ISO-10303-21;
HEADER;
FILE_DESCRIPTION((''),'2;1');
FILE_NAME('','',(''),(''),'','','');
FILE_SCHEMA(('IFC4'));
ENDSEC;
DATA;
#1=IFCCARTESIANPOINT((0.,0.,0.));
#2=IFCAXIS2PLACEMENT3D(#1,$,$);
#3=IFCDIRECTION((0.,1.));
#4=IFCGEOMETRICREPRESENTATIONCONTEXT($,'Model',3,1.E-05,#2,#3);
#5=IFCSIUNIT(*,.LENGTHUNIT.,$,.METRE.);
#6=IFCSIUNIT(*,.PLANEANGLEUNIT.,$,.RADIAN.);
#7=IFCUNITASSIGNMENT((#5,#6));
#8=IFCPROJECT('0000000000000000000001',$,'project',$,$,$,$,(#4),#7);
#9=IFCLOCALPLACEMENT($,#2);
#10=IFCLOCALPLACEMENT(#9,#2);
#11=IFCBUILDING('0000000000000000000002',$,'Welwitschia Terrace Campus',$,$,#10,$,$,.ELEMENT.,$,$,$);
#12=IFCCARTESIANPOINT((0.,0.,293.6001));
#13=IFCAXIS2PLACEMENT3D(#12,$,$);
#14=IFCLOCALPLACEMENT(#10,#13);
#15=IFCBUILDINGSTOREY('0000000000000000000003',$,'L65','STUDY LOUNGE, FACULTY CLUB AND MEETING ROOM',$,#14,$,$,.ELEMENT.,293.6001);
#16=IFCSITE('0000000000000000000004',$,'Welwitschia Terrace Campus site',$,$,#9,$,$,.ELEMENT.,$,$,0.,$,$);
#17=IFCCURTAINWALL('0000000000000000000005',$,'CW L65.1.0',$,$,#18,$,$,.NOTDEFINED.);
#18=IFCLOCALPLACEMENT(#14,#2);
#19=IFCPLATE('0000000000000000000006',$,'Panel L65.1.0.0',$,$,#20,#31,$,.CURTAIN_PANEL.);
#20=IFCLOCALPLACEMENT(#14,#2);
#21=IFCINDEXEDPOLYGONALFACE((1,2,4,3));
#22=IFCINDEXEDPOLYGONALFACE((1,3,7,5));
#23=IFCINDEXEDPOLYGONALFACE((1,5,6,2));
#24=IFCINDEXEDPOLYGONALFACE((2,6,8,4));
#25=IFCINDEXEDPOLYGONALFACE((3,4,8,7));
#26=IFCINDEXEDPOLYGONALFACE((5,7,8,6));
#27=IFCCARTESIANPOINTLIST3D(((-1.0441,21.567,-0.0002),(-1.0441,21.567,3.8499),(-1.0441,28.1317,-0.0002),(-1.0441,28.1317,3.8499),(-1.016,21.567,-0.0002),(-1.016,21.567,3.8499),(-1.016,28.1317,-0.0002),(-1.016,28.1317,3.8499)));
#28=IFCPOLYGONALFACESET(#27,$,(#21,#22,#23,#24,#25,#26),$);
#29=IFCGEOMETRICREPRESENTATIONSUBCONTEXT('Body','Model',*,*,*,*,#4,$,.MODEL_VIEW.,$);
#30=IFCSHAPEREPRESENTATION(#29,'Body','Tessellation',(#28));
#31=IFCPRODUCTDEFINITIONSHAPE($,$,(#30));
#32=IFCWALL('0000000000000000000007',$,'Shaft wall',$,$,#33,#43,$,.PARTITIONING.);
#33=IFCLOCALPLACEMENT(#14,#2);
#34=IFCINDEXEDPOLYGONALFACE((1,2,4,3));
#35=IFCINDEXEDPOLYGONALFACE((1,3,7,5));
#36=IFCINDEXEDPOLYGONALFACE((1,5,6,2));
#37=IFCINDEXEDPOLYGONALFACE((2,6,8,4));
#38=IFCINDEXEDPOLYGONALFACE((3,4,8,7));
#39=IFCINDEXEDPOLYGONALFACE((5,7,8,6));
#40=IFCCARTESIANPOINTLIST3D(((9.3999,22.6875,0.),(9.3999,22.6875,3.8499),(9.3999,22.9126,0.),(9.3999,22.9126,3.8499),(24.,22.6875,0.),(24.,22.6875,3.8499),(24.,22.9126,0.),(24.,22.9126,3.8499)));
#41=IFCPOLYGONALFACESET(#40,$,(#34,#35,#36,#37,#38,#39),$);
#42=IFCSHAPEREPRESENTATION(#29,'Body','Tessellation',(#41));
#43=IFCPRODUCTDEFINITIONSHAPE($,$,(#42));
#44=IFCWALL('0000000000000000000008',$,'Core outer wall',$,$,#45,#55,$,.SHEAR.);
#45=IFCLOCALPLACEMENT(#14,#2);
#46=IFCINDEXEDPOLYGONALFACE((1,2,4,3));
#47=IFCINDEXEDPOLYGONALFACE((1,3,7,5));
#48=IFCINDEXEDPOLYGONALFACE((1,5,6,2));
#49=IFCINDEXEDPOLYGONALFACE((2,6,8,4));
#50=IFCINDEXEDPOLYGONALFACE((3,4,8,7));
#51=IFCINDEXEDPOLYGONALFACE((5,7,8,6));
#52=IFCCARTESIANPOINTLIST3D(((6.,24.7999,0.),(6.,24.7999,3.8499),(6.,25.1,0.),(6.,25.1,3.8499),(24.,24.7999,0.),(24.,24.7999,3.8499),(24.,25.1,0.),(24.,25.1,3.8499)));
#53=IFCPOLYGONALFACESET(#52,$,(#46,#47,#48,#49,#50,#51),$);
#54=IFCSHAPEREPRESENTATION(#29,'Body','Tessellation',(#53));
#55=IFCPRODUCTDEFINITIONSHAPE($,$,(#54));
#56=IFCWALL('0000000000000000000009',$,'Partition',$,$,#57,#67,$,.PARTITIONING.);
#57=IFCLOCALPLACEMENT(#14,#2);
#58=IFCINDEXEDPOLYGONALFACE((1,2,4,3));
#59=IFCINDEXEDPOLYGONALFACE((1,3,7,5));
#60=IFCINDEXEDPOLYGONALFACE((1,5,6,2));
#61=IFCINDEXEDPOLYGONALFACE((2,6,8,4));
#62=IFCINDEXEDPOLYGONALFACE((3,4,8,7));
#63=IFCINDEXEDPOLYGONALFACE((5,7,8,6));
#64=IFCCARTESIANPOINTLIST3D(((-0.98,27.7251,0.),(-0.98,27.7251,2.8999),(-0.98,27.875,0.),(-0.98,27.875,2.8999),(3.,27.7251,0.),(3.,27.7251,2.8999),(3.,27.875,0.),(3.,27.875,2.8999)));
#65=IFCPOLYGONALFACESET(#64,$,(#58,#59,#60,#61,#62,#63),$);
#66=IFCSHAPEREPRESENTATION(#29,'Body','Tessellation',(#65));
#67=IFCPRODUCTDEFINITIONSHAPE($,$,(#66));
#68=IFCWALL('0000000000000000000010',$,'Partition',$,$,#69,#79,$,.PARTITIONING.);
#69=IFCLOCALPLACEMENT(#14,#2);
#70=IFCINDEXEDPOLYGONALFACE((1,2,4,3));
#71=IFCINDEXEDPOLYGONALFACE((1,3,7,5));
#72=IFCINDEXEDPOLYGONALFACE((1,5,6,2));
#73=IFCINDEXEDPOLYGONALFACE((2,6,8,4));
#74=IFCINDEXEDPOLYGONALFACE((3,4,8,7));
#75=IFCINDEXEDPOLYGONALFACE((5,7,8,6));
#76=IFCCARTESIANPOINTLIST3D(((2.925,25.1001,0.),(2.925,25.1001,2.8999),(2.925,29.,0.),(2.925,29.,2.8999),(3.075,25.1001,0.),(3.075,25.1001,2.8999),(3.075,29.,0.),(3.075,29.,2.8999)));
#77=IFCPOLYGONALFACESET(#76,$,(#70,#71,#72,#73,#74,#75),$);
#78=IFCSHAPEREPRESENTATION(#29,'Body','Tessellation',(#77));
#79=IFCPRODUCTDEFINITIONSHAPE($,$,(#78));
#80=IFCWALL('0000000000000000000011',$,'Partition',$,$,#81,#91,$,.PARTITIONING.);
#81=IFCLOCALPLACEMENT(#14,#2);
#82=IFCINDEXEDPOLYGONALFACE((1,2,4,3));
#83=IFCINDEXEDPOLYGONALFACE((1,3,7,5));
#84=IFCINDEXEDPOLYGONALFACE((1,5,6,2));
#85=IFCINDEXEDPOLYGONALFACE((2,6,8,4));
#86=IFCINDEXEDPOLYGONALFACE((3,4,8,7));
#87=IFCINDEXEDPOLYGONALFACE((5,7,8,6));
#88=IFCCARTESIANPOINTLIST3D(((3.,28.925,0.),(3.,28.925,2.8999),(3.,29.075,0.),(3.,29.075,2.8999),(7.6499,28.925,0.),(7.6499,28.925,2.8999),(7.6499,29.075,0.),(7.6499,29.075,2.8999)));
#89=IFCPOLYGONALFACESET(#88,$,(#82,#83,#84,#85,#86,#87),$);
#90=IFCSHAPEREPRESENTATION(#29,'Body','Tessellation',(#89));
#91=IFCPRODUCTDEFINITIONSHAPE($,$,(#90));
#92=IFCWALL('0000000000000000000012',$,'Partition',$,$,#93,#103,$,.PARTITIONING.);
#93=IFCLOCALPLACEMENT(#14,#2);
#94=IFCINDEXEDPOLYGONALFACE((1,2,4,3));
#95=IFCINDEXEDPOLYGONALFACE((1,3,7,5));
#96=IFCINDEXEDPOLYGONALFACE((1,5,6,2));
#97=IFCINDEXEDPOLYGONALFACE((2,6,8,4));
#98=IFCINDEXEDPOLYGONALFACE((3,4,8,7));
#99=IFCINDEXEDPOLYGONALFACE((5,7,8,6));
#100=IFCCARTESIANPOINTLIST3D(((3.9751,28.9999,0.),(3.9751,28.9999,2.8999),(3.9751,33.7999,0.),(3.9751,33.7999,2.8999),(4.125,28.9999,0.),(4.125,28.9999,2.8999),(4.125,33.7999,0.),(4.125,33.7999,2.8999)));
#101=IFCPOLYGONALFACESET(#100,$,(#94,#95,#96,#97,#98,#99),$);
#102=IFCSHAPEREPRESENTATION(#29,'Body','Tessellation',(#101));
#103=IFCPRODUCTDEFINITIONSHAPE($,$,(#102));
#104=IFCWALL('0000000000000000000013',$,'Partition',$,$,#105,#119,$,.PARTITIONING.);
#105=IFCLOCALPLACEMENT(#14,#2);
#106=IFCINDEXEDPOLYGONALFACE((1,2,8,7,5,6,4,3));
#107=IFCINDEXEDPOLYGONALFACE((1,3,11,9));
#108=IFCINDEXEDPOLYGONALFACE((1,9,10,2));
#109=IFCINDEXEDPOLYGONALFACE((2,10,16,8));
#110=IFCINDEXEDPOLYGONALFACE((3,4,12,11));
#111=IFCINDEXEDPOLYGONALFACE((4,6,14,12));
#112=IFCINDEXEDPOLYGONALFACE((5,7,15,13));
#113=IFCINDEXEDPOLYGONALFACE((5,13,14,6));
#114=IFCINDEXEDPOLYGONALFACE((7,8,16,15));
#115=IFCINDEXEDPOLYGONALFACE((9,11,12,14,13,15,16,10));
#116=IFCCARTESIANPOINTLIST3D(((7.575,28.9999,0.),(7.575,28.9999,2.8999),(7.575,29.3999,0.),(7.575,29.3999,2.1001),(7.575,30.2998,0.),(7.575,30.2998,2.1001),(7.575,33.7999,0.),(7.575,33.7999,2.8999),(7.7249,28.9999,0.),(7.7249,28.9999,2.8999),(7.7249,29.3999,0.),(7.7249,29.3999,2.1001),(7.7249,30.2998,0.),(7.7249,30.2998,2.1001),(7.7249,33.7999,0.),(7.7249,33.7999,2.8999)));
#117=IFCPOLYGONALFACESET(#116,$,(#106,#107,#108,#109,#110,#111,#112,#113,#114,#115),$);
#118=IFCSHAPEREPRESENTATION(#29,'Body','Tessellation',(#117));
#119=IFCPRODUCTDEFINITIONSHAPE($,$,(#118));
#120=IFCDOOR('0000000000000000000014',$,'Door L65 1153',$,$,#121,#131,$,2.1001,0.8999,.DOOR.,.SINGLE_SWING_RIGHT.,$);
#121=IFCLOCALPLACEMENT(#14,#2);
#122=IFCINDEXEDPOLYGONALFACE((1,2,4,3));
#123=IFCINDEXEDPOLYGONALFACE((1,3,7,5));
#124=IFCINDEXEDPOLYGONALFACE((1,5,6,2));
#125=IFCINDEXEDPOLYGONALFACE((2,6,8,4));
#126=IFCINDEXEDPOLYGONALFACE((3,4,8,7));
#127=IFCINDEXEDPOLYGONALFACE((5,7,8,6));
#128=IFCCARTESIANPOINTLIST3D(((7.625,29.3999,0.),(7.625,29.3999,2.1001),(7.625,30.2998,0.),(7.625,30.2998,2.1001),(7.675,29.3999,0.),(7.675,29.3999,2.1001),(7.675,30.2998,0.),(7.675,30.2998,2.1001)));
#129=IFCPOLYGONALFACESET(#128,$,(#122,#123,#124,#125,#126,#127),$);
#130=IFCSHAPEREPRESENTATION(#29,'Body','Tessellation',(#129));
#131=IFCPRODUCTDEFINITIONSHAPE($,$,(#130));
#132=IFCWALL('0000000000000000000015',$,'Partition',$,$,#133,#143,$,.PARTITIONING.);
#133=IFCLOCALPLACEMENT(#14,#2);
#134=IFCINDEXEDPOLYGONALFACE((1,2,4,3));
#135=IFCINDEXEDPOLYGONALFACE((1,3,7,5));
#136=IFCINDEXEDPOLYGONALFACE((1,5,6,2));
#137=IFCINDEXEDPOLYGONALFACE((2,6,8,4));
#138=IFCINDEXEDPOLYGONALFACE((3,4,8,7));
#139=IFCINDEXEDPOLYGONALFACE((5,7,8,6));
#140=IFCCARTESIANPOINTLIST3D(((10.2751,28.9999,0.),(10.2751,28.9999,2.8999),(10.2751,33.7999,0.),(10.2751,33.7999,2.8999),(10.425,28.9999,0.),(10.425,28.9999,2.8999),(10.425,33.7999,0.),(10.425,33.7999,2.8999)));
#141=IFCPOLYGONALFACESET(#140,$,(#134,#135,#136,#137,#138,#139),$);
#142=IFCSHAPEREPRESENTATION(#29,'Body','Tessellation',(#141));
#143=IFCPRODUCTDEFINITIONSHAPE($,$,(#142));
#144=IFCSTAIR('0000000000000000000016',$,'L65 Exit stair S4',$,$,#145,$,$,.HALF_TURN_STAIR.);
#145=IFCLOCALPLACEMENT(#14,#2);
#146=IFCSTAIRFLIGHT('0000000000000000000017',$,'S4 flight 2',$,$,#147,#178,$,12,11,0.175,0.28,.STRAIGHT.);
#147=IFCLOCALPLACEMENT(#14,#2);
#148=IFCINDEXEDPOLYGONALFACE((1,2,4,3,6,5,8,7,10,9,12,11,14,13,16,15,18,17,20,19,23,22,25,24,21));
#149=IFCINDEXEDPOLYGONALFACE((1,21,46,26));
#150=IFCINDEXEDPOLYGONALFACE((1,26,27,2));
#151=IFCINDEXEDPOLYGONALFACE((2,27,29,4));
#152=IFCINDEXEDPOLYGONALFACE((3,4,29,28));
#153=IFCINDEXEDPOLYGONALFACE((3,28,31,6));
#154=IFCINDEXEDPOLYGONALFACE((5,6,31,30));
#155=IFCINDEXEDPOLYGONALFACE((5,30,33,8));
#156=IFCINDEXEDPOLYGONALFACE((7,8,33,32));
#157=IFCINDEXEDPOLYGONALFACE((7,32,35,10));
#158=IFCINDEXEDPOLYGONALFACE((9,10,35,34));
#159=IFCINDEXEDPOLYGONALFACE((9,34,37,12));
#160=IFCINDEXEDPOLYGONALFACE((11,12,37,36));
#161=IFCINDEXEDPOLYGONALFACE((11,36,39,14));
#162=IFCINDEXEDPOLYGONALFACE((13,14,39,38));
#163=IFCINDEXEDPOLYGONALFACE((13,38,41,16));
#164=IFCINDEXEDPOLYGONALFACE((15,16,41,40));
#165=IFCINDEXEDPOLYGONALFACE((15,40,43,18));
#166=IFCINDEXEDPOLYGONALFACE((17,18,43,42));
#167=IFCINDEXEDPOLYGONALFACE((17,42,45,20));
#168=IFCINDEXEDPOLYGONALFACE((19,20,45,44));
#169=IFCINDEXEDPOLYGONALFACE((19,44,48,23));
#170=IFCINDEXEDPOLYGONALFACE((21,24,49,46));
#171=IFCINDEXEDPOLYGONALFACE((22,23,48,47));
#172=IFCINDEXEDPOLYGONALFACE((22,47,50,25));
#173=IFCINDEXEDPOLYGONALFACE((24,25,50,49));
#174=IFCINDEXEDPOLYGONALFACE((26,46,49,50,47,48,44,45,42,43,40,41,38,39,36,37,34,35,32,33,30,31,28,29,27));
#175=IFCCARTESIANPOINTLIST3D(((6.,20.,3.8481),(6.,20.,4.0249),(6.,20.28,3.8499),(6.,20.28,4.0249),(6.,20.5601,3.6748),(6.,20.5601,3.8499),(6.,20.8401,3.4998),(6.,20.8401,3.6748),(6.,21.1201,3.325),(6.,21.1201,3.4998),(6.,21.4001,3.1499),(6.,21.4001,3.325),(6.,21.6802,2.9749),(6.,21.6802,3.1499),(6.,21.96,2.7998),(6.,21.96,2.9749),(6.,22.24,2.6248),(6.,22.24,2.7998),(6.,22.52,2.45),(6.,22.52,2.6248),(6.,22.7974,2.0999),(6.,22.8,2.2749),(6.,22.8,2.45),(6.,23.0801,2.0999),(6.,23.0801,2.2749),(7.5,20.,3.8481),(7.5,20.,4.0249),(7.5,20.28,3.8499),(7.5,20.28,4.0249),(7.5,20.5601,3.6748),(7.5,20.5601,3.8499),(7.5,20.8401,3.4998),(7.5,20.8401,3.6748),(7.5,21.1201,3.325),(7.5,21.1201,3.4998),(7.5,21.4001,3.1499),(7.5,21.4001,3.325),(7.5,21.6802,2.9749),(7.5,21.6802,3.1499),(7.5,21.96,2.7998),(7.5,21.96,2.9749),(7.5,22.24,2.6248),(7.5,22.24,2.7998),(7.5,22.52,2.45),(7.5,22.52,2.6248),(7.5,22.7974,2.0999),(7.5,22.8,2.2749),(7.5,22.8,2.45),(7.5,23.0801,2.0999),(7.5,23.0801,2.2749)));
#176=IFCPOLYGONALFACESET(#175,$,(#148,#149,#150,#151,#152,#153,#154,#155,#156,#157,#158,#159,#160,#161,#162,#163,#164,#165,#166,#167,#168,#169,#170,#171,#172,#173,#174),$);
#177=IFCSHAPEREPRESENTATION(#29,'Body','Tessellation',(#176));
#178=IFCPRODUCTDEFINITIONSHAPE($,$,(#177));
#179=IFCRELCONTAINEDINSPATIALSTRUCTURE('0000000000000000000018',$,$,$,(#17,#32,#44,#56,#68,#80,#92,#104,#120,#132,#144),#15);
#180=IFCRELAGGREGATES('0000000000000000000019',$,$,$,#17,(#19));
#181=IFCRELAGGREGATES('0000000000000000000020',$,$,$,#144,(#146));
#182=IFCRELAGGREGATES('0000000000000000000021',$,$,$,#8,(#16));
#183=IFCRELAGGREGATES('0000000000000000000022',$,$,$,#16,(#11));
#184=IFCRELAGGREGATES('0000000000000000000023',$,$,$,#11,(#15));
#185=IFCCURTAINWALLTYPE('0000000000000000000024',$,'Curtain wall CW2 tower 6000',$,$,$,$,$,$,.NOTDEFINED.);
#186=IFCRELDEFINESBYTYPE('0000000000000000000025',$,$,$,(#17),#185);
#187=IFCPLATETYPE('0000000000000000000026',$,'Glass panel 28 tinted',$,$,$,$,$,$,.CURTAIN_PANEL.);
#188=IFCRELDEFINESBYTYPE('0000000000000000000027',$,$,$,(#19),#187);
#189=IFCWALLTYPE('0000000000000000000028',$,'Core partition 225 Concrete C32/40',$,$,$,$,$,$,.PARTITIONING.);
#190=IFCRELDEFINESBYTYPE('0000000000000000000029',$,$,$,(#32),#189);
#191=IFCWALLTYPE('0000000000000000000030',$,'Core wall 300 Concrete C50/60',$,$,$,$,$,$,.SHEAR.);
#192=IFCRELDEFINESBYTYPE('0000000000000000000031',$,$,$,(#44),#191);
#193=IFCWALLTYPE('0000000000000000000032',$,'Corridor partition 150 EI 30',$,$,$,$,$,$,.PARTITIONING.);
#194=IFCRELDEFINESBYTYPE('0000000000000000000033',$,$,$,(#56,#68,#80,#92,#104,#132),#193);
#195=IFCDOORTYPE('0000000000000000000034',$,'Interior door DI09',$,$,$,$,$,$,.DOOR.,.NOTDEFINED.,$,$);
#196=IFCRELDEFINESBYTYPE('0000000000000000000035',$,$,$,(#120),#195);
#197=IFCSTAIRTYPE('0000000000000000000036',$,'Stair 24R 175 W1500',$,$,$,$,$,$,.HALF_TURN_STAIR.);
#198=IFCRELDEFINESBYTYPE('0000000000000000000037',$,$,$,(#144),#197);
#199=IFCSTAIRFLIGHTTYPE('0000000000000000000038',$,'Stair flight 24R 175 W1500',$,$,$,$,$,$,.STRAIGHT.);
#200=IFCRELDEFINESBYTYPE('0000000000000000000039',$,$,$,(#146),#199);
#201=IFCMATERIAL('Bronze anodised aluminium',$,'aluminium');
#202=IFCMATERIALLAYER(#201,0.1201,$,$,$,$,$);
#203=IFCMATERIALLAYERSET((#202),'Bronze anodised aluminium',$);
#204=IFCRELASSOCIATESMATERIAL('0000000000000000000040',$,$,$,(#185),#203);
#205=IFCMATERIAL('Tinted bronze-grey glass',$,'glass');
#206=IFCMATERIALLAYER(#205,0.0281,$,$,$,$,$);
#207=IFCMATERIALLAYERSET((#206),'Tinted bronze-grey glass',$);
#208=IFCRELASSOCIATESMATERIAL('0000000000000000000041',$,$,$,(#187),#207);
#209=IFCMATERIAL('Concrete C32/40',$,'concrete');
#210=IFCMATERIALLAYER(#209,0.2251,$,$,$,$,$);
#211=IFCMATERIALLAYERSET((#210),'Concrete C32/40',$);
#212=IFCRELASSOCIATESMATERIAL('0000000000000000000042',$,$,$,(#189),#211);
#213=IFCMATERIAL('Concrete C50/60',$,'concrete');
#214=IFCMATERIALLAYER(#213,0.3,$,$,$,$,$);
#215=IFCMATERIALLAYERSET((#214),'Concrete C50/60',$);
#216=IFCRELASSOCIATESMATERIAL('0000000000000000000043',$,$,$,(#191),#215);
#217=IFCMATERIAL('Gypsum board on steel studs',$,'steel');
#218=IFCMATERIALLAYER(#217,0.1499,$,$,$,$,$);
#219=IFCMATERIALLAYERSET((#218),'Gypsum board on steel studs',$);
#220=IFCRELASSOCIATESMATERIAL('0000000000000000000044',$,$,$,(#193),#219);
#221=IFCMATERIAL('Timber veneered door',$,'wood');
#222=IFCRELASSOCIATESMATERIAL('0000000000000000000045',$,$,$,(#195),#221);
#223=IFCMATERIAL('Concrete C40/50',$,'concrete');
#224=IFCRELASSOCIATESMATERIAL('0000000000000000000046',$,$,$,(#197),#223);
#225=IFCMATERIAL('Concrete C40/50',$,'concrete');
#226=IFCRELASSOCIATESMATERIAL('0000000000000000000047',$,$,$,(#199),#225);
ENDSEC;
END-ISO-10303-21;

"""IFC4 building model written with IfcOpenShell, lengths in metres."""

from ifc_helpers import new_model, si_unit, direction, frame, frame_2d, origin, origin_2d, place, context, subcontext, project, spatial, polyline, rectangle, outline, extrude, material, layer, layer_set, type_object, element, fill, aggregate, save


model = new_model("IFC4")

# Units and contexts
model_context = context("Model", 3, precision=1e-05, world=origin(), true_north=direction((0.0, 1.0)))
body_context = subcontext(model_context, "Body", "Model", "MODEL_VIEW")
ifc_project = project(units=[si_unit("LENGTHUNIT", "METRE"), si_unit("PLANEANGLEUNIT", "RADIAN")], contexts=[model_context])

# Site, building, storey
site_placement = place(None, origin())
site = spatial("IfcSite", under=ifc_project, at=site_placement, Name="Welwitschia Terrace Campus site", CompositionType="ELEMENT", RefElevation=0.0)
building_placement = place(site_placement, origin())
building = spatial("IfcBuilding", under=site, at=building_placement, Name="Welwitschia Terrace Campus", CompositionType="ELEMENT")
storey_placement = place(building_placement, frame((0.0, 0.0, 293.6001)))
storey = spatial("IfcBuildingStorey", under=building, at=storey_placement, Name="L65", Description="STUDY LOUNGE, FACULTY CLUB AND MEETING ROOM", CompositionType="ELEMENT", Elevation=293.6001)

# Shared definitions
ifc_material_1 = material(Name="Bronze anodised aluminium", Category="aluminium")
ifc_layer_1 = layer(ifc_material_1, 0.1201)
ifc_layer_set_1 = layer_set([ifc_layer_1], Name="Bronze anodised aluminium")
curtain_wall_type = type_object("IfcCurtainWallType", Name="Curtain wall CW2 tower 6000", PredefinedType="NOTDEFINED", material=ifc_layer_set_1)

# Curtain wall
curtain_wall_1_placement = place(storey_placement, origin())
curtain_wall_1 = element("IfcCurtainWall", 1, at=curtain_wall_1_placement, inside=storey, type_object=curtain_wall_type, Name="CW L65.1.0", PredefinedType="NOTDEFINED")

# Plate
ifc_material_2 = material(Name="Tinted bronze-grey glass", Category="glass")
ifc_layer_2 = layer(ifc_material_2, 0.0281)
ifc_layer_set_2 = layer_set([ifc_layer_2], Name="Tinted bronze-grey glass")
plate_type = type_object("IfcPlateType", Name="Glass panel 28 tinted", PredefinedType="CURTAIN_PANEL", material=ifc_layer_set_2)
plate_placement = place(storey_placement, frame((-1.03, 24.8494, -0.0002), z_axis=(0.0, 0.0, 1.0), x_axis=(0.0, -1.0, 0.0)))
plate = element("IfcPlate", 2, at=plate_placement, type_object=plate_type, Name="Panel L65.1.0.0", PredefinedType="CURTAIN_PANEL", context=body_context, shape_type="SweptSolid", body=[
    extrude(rectangle(XDim=6.5647, YDim=0.0281, at=origin_2d()), origin(), (0.0, 0.0, 1.0), 3.8501),
])
aggregate(curtain_wall_1, [plate])

# Walls
ifc_material_3 = material(Name="Concrete C32/40", Category="concrete")
ifc_layer_3 = layer(ifc_material_3, 0.2251)
ifc_layer_set_3 = layer_set([ifc_layer_3], Name="Concrete C32/40")
wall_type_1 = type_object("IfcWallType", Name="Core partition 225 Concrete C32/40", PredefinedType="PARTITIONING", material=ifc_layer_set_3)
wall_1_placement = place(storey_placement, frame((9.3999, 22.8, 0.0), z_axis=(0.0, 0.0, 1.0), x_axis=(1.0, 0.0, 0.0)))
element("IfcWall", 3, at=wall_1_placement, inside=storey, type_object=wall_type_1, Name="Shaft wall", PredefinedType="PARTITIONING", context=body_context, shape_type="SweptSolid", body=[
    extrude(rectangle(XDim=14.6001, YDim=0.2251, at=frame_2d((7.3, 0.0))), origin(), (0.0, 0.0, 1.0), 3.8499),
])
ifc_material_4 = material(Name="Concrete C50/60", Category="concrete")
ifc_layer_4 = layer(ifc_material_4, 0.3)
ifc_layer_set_4 = layer_set([ifc_layer_4], Name="Concrete C50/60")
wall_type_2 = type_object("IfcWallType", Name="Core wall 300 Concrete C50/60", PredefinedType="SHEAR", material=ifc_layer_set_4)
wall_2_placement = place(storey_placement, frame((6.0, 24.95, 0.0), z_axis=(0.0, 0.0, 1.0), x_axis=(1.0, 0.0, 0.0)))
element("IfcWall", 4, at=wall_2_placement, inside=storey, type_object=wall_type_2, Name="Core outer wall", PredefinedType="SHEAR", context=body_context, shape_type="SweptSolid", body=[
    extrude(rectangle(XDim=18.0, YDim=0.3, at=frame_2d((9.0, 0.0))), origin(), (0.0, 0.0, 1.0), 3.8499),
])
ifc_material_5 = material(Name="Gypsum board on steel studs", Category="steel")
ifc_layer_5 = layer(ifc_material_5, 0.1499)
ifc_layer_set_5 = layer_set([ifc_layer_5], Name="Gypsum board on steel studs")
wall_type_3 = type_object("IfcWallType", Name="Corridor partition 150 EI 30", PredefinedType="PARTITIONING", material=ifc_layer_set_5)
wall_3_placement = place(storey_placement, frame((-0.98, 27.8, 0.0), z_axis=(0.0, 0.0, 1.0), x_axis=(1.0, 0.0, 0.0)))
element("IfcWall", 5, at=wall_3_placement, inside=storey, type_object=wall_type_3, Name="Partition", PredefinedType="PARTITIONING", context=body_context, shape_type="SweptSolid", body=[
    extrude(rectangle(XDim=3.98, YDim=0.1499, at=frame_2d((1.99, 0.0))), origin(), (0.0, 0.0, 1.0), 2.8999),
])
wall_4_placement = place(storey_placement, frame((3.0, 25.1001, 0.0), z_axis=(0.0, 0.0, 1.0), x_axis=(0.0, 1.0, 0.0)))
element("IfcWall", 6, at=wall_4_placement, inside=storey, type_object=wall_type_3, Name="Partition", PredefinedType="PARTITIONING", context=body_context, shape_type="SweptSolid", body=[
    extrude(rectangle(XDim=3.8999, YDim=0.1499, at=frame_2d((1.95, 0.0))), origin(), (0.0, 0.0, 1.0), 2.8999),
])
wall_5_placement = place(storey_placement, frame((3.0, 29.0, 0.0), z_axis=(0.0, 0.0, 1.0), x_axis=(1.0, 0.0, 0.0)))
element("IfcWall", 7, at=wall_5_placement, inside=storey, type_object=wall_type_3, Name="Partition", PredefinedType="PARTITIONING", context=body_context, shape_type="SweptSolid", body=[
    extrude(rectangle(XDim=4.6499, YDim=0.1499, at=frame_2d((2.325, 0.0))), origin(), (0.0, 0.0, 1.0), 2.8999),
])
wall_6_placement = place(storey_placement, frame((4.05, 29.0, 0.0), z_axis=(0.0, 0.0, 1.0), x_axis=(0.0, 1.0, 0.0)))
element("IfcWall", 8, at=wall_6_placement, inside=storey, type_object=wall_type_3, Name="Partition", PredefinedType="PARTITIONING", context=body_context, shape_type="SweptSolid", body=[
    extrude(rectangle(XDim=4.8, YDim=0.1499, at=frame_2d((2.3999, 0.0))), origin(), (0.0, 0.0, 1.0), 2.8999),
])

# Wall, opening, door
wall_7_placement = place(storey_placement, frame((7.6499, 29.0, 0.0), z_axis=(0.0, 0.0, 1.0), x_axis=(0.0, 1.0, 0.0)))
wall_7 = element("IfcWall", 9, at=wall_7_placement, inside=storey, type_object=wall_type_3, Name="Partition", PredefinedType="PARTITIONING", context=body_context, shape_type="SweptSolid", body=[
    extrude(rectangle(XDim=4.8, YDim=0.1499, at=frame_2d((2.3999, 0.0))), origin(), (0.0, 0.0, 1.0), 2.8999),
])
opening_placement = place(wall_7_placement, frame((0.3999, 0.0, 0.0)))
opening = element("IfcOpeningElement", 10, at=opening_placement, cuts=wall_7, PredefinedType="OPENING", context=body_context, shape_type="SweptSolid", body=[
    extrude(rectangle(XDim=0.8999, YDim=2.1001, at=frame_2d((0.45, 1.05))), frame((0.0, 0.085, 0.0), z_axis=(0.0, -1.0, 0.0), x_axis=(1.0, 0.0, 0.0)), (0.0, 0.0, 1.0), 0.1699),
])
ifc_material_6 = material(Name="Timber veneered door", Category="wood")
door_type = type_object("IfcDoorType", Name="Interior door DI09", OperationType="NOTDEFINED", PredefinedType="DOOR", material=ifc_material_6)
door_placement = place(opening_placement, origin())
door = element("IfcDoor", 11, at=door_placement, inside=storey, type_object=door_type, Name="Door L65 1153", OperationType="SINGLE_SWING_RIGHT", OverallHeight=2.1001, OverallWidth=0.8999, PredefinedType="DOOR", context=body_context, shape_type="SweptSolid", body=[
    extrude(rectangle(XDim=0.8999, YDim=2.1001, at=frame_2d((0.45, 1.05))), frame((0.0, 0.0249, 0.0), z_axis=(0.0, -1.0, 0.0), x_axis=(1.0, 0.0, 0.0)), (0.0, 0.0, 1.0), 0.05),
])
fill(opening, door)

# Wall
wall_8_placement = place(storey_placement, frame((10.3501, 29.0, 0.0), z_axis=(0.0, 0.0, 1.0), x_axis=(0.0, 1.0, 0.0)))
element("IfcWall", 12, at=wall_8_placement, inside=storey, type_object=wall_type_3, Name="Partition", PredefinedType="PARTITIONING", context=body_context, shape_type="SweptSolid", body=[
    extrude(rectangle(XDim=4.8, YDim=0.1499, at=frame_2d((2.3999, 0.0))), origin(), (0.0, 0.0, 1.0), 2.8999),
])

# Stair, stair flight
ifc_material_7 = material(Name="Concrete C40/50", Category="concrete")
stair_type = type_object("IfcStairType", Name="Stair 24R 175 W1500", PredefinedType="HALF_TURN_STAIR", material=ifc_material_7)
stair_placement = place(storey_placement, origin())
stair = element("IfcStair", 13, at=stair_placement, inside=storey, type_object=stair_type, Name="L65 Exit stair S4", PredefinedType="HALF_TURN_STAIR")
ifc_material_8 = material(Name="Concrete C40/50", Category="concrete")
stair_flight_type = type_object("IfcStairFlightType", Name="Stair flight 24R 175 W1500", PredefinedType="STRAIGHT", material=ifc_material_8)
stair_flight_placement = place(storey_placement, frame((6.75, 23.0801, 2.0999), z_axis=(0.0, 0.0, 1.0), x_axis=(0.0, -1.0, 0.0)))
stair_flight = element("IfcStairFlight", 14, at=stair_flight_placement, type_object=stair_flight_type, Name="S4 flight 2", NumberOfRisers=12, NumberOfTreads=11, PredefinedType="STRAIGHT", RiserHeight=0.175, TreadLength=0.28, context=body_context, shape_type="SweptSolid", body=[
    extrude(outline(polyline([(0.0, 0.0), (0.0, 0.175), (0.28, 0.175), (0.28, 0.3501), (0.5601, 0.3501), (0.5601, 0.5249), (0.8401, 0.5249), (0.8401, 0.7), (1.1201, 0.7), (1.1201, 0.875), (1.3999, 0.875), (1.3999, 1.05), (1.6799, 1.05), (1.6799, 1.2251), (1.96, 1.2251), (1.96, 1.3999), (2.24, 1.3999), (2.24, 1.575), (2.52, 1.575), (2.52, 1.75), (2.8, 1.75), (2.8, 1.925), (3.0801, 1.925), (3.0801, 2.1001), (3.0801, 1.7483), (0.2827, 0.0), (0.0, 0.0)])), frame((0.0, 0.75, 0.0), z_axis=(0.0, -1.0, 0.0), x_axis=(1.0, 0.0, 0.0)), (0.0, 0.0, 1.0), 1.5),
])
aggregate(stair, [stair_flight])

save(model, "model.ifc")
